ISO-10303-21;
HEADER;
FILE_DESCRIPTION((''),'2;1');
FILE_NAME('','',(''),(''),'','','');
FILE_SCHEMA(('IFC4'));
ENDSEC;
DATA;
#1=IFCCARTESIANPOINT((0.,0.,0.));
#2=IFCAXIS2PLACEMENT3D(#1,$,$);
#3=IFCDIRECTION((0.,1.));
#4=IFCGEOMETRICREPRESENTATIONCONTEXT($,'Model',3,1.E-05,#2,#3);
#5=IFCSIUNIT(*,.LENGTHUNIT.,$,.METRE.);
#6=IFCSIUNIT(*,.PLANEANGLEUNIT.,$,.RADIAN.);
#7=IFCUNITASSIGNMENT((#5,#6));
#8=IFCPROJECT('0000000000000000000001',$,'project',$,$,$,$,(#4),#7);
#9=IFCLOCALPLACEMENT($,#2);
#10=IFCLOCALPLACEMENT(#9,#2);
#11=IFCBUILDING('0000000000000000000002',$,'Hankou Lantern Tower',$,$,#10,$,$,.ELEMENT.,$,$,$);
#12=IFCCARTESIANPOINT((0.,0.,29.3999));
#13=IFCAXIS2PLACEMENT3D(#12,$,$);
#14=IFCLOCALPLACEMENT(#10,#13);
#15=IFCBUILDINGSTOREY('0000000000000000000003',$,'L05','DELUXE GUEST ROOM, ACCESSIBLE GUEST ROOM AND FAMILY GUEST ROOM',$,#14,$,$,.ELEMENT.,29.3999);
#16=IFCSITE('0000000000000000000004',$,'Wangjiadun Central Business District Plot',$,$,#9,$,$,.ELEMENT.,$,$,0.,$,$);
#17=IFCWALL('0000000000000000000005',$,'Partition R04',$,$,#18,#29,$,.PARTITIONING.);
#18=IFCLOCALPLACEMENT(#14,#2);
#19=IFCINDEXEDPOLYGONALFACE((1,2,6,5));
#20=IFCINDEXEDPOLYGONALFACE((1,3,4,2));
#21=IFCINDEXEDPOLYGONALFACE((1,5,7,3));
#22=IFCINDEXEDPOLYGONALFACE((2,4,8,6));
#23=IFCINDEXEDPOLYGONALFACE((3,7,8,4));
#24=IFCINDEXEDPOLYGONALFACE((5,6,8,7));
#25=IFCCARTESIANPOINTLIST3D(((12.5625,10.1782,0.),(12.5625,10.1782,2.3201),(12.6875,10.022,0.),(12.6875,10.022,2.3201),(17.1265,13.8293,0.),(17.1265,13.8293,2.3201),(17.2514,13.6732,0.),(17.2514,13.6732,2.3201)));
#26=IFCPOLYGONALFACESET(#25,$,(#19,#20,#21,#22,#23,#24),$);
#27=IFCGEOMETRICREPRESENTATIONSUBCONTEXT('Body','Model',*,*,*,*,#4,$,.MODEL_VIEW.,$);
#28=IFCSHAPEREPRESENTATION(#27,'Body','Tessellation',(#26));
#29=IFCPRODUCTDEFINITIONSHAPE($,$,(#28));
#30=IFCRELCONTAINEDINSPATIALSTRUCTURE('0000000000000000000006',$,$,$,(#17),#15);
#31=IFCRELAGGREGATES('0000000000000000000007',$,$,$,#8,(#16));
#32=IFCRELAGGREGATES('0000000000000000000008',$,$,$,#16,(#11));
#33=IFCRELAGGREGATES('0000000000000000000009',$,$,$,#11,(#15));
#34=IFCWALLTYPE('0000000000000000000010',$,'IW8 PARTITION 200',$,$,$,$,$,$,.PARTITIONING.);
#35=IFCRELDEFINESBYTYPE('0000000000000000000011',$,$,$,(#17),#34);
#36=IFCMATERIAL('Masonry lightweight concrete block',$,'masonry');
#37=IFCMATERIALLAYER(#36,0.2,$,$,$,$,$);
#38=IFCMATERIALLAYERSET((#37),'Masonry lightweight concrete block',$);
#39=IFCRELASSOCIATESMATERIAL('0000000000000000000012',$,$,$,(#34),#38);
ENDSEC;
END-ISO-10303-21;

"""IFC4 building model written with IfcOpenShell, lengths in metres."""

from ifc_helpers import new_model, si_unit, direction, frame, frame_2d, origin, place, context, subcontext, project, spatial, rectangle, extrude, material, layer, layer_set, type_object, element, save


model = new_model("IFC4")

# Units and contexts
model_context = context("Model", 3, precision=1e-05, world=origin(), true_north=direction((0.0, 1.0)))
body_context = subcontext(model_context, "Body", "Model", "MODEL_VIEW")
ifc_project = project(units=[si_unit("LENGTHUNIT", "METRE"), si_unit("PLANEANGLEUNIT", "RADIAN")], contexts=[model_context])

# Site, building, storey
site_placement = place(None, origin())
site = spatial("IfcSite", under=ifc_project, at=site_placement, Name="Wangjiadun Central Business District Plot", CompositionType="ELEMENT", RefElevation=0.0)
building_placement = place(site_placement, origin())
building = spatial("IfcBuilding", under=site, at=building_placement, Name="Hankou Lantern Tower", CompositionType="ELEMENT")
storey_placement = place(building_placement, frame((0.0, 0.0, 29.3999)))
storey = spatial("IfcBuildingStorey", under=building, at=storey_placement, Name="L05", Description="DELUXE GUEST ROOM, ACCESSIBLE GUEST ROOM AND FAMILY GUEST ROOM", CompositionType="ELEMENT", Elevation=29.3999)

# Wall
ifc_material_1 = material(Name="Masonry lightweight concrete block", Category="masonry")
ifc_layer_1 = layer(ifc_material_1, 0.2)
ifc_layer_set_1 = layer_set([ifc_layer_1], Name="Masonry lightweight concrete block")
wall_type_1 = type_object("IfcWallType", Name="IW8 PARTITION 200", PredefinedType="PARTITIONING", material=ifc_layer_set_1)
wall_1_placement = place(storey_placement, frame((12.625, 10.1001, 0.0), z_axis=(0.0, 0.0, 1.0), x_axis=(0.780873, 0.62469, 0.0)))
element("IfcWall", 1, at=wall_1_placement, inside=storey, type_object=wall_type_1, Name="Partition R04", PredefinedType="PARTITIONING", context=body_context, shape_type="SweptSolid", body=[
    extrude(rectangle(XDim=5.8447, YDim=0.2, at=frame_2d((2.9224, 0.0))), origin(), (0.0, 0.0, 1.0), 2.3201),
])

save(model, "model.ifc")
